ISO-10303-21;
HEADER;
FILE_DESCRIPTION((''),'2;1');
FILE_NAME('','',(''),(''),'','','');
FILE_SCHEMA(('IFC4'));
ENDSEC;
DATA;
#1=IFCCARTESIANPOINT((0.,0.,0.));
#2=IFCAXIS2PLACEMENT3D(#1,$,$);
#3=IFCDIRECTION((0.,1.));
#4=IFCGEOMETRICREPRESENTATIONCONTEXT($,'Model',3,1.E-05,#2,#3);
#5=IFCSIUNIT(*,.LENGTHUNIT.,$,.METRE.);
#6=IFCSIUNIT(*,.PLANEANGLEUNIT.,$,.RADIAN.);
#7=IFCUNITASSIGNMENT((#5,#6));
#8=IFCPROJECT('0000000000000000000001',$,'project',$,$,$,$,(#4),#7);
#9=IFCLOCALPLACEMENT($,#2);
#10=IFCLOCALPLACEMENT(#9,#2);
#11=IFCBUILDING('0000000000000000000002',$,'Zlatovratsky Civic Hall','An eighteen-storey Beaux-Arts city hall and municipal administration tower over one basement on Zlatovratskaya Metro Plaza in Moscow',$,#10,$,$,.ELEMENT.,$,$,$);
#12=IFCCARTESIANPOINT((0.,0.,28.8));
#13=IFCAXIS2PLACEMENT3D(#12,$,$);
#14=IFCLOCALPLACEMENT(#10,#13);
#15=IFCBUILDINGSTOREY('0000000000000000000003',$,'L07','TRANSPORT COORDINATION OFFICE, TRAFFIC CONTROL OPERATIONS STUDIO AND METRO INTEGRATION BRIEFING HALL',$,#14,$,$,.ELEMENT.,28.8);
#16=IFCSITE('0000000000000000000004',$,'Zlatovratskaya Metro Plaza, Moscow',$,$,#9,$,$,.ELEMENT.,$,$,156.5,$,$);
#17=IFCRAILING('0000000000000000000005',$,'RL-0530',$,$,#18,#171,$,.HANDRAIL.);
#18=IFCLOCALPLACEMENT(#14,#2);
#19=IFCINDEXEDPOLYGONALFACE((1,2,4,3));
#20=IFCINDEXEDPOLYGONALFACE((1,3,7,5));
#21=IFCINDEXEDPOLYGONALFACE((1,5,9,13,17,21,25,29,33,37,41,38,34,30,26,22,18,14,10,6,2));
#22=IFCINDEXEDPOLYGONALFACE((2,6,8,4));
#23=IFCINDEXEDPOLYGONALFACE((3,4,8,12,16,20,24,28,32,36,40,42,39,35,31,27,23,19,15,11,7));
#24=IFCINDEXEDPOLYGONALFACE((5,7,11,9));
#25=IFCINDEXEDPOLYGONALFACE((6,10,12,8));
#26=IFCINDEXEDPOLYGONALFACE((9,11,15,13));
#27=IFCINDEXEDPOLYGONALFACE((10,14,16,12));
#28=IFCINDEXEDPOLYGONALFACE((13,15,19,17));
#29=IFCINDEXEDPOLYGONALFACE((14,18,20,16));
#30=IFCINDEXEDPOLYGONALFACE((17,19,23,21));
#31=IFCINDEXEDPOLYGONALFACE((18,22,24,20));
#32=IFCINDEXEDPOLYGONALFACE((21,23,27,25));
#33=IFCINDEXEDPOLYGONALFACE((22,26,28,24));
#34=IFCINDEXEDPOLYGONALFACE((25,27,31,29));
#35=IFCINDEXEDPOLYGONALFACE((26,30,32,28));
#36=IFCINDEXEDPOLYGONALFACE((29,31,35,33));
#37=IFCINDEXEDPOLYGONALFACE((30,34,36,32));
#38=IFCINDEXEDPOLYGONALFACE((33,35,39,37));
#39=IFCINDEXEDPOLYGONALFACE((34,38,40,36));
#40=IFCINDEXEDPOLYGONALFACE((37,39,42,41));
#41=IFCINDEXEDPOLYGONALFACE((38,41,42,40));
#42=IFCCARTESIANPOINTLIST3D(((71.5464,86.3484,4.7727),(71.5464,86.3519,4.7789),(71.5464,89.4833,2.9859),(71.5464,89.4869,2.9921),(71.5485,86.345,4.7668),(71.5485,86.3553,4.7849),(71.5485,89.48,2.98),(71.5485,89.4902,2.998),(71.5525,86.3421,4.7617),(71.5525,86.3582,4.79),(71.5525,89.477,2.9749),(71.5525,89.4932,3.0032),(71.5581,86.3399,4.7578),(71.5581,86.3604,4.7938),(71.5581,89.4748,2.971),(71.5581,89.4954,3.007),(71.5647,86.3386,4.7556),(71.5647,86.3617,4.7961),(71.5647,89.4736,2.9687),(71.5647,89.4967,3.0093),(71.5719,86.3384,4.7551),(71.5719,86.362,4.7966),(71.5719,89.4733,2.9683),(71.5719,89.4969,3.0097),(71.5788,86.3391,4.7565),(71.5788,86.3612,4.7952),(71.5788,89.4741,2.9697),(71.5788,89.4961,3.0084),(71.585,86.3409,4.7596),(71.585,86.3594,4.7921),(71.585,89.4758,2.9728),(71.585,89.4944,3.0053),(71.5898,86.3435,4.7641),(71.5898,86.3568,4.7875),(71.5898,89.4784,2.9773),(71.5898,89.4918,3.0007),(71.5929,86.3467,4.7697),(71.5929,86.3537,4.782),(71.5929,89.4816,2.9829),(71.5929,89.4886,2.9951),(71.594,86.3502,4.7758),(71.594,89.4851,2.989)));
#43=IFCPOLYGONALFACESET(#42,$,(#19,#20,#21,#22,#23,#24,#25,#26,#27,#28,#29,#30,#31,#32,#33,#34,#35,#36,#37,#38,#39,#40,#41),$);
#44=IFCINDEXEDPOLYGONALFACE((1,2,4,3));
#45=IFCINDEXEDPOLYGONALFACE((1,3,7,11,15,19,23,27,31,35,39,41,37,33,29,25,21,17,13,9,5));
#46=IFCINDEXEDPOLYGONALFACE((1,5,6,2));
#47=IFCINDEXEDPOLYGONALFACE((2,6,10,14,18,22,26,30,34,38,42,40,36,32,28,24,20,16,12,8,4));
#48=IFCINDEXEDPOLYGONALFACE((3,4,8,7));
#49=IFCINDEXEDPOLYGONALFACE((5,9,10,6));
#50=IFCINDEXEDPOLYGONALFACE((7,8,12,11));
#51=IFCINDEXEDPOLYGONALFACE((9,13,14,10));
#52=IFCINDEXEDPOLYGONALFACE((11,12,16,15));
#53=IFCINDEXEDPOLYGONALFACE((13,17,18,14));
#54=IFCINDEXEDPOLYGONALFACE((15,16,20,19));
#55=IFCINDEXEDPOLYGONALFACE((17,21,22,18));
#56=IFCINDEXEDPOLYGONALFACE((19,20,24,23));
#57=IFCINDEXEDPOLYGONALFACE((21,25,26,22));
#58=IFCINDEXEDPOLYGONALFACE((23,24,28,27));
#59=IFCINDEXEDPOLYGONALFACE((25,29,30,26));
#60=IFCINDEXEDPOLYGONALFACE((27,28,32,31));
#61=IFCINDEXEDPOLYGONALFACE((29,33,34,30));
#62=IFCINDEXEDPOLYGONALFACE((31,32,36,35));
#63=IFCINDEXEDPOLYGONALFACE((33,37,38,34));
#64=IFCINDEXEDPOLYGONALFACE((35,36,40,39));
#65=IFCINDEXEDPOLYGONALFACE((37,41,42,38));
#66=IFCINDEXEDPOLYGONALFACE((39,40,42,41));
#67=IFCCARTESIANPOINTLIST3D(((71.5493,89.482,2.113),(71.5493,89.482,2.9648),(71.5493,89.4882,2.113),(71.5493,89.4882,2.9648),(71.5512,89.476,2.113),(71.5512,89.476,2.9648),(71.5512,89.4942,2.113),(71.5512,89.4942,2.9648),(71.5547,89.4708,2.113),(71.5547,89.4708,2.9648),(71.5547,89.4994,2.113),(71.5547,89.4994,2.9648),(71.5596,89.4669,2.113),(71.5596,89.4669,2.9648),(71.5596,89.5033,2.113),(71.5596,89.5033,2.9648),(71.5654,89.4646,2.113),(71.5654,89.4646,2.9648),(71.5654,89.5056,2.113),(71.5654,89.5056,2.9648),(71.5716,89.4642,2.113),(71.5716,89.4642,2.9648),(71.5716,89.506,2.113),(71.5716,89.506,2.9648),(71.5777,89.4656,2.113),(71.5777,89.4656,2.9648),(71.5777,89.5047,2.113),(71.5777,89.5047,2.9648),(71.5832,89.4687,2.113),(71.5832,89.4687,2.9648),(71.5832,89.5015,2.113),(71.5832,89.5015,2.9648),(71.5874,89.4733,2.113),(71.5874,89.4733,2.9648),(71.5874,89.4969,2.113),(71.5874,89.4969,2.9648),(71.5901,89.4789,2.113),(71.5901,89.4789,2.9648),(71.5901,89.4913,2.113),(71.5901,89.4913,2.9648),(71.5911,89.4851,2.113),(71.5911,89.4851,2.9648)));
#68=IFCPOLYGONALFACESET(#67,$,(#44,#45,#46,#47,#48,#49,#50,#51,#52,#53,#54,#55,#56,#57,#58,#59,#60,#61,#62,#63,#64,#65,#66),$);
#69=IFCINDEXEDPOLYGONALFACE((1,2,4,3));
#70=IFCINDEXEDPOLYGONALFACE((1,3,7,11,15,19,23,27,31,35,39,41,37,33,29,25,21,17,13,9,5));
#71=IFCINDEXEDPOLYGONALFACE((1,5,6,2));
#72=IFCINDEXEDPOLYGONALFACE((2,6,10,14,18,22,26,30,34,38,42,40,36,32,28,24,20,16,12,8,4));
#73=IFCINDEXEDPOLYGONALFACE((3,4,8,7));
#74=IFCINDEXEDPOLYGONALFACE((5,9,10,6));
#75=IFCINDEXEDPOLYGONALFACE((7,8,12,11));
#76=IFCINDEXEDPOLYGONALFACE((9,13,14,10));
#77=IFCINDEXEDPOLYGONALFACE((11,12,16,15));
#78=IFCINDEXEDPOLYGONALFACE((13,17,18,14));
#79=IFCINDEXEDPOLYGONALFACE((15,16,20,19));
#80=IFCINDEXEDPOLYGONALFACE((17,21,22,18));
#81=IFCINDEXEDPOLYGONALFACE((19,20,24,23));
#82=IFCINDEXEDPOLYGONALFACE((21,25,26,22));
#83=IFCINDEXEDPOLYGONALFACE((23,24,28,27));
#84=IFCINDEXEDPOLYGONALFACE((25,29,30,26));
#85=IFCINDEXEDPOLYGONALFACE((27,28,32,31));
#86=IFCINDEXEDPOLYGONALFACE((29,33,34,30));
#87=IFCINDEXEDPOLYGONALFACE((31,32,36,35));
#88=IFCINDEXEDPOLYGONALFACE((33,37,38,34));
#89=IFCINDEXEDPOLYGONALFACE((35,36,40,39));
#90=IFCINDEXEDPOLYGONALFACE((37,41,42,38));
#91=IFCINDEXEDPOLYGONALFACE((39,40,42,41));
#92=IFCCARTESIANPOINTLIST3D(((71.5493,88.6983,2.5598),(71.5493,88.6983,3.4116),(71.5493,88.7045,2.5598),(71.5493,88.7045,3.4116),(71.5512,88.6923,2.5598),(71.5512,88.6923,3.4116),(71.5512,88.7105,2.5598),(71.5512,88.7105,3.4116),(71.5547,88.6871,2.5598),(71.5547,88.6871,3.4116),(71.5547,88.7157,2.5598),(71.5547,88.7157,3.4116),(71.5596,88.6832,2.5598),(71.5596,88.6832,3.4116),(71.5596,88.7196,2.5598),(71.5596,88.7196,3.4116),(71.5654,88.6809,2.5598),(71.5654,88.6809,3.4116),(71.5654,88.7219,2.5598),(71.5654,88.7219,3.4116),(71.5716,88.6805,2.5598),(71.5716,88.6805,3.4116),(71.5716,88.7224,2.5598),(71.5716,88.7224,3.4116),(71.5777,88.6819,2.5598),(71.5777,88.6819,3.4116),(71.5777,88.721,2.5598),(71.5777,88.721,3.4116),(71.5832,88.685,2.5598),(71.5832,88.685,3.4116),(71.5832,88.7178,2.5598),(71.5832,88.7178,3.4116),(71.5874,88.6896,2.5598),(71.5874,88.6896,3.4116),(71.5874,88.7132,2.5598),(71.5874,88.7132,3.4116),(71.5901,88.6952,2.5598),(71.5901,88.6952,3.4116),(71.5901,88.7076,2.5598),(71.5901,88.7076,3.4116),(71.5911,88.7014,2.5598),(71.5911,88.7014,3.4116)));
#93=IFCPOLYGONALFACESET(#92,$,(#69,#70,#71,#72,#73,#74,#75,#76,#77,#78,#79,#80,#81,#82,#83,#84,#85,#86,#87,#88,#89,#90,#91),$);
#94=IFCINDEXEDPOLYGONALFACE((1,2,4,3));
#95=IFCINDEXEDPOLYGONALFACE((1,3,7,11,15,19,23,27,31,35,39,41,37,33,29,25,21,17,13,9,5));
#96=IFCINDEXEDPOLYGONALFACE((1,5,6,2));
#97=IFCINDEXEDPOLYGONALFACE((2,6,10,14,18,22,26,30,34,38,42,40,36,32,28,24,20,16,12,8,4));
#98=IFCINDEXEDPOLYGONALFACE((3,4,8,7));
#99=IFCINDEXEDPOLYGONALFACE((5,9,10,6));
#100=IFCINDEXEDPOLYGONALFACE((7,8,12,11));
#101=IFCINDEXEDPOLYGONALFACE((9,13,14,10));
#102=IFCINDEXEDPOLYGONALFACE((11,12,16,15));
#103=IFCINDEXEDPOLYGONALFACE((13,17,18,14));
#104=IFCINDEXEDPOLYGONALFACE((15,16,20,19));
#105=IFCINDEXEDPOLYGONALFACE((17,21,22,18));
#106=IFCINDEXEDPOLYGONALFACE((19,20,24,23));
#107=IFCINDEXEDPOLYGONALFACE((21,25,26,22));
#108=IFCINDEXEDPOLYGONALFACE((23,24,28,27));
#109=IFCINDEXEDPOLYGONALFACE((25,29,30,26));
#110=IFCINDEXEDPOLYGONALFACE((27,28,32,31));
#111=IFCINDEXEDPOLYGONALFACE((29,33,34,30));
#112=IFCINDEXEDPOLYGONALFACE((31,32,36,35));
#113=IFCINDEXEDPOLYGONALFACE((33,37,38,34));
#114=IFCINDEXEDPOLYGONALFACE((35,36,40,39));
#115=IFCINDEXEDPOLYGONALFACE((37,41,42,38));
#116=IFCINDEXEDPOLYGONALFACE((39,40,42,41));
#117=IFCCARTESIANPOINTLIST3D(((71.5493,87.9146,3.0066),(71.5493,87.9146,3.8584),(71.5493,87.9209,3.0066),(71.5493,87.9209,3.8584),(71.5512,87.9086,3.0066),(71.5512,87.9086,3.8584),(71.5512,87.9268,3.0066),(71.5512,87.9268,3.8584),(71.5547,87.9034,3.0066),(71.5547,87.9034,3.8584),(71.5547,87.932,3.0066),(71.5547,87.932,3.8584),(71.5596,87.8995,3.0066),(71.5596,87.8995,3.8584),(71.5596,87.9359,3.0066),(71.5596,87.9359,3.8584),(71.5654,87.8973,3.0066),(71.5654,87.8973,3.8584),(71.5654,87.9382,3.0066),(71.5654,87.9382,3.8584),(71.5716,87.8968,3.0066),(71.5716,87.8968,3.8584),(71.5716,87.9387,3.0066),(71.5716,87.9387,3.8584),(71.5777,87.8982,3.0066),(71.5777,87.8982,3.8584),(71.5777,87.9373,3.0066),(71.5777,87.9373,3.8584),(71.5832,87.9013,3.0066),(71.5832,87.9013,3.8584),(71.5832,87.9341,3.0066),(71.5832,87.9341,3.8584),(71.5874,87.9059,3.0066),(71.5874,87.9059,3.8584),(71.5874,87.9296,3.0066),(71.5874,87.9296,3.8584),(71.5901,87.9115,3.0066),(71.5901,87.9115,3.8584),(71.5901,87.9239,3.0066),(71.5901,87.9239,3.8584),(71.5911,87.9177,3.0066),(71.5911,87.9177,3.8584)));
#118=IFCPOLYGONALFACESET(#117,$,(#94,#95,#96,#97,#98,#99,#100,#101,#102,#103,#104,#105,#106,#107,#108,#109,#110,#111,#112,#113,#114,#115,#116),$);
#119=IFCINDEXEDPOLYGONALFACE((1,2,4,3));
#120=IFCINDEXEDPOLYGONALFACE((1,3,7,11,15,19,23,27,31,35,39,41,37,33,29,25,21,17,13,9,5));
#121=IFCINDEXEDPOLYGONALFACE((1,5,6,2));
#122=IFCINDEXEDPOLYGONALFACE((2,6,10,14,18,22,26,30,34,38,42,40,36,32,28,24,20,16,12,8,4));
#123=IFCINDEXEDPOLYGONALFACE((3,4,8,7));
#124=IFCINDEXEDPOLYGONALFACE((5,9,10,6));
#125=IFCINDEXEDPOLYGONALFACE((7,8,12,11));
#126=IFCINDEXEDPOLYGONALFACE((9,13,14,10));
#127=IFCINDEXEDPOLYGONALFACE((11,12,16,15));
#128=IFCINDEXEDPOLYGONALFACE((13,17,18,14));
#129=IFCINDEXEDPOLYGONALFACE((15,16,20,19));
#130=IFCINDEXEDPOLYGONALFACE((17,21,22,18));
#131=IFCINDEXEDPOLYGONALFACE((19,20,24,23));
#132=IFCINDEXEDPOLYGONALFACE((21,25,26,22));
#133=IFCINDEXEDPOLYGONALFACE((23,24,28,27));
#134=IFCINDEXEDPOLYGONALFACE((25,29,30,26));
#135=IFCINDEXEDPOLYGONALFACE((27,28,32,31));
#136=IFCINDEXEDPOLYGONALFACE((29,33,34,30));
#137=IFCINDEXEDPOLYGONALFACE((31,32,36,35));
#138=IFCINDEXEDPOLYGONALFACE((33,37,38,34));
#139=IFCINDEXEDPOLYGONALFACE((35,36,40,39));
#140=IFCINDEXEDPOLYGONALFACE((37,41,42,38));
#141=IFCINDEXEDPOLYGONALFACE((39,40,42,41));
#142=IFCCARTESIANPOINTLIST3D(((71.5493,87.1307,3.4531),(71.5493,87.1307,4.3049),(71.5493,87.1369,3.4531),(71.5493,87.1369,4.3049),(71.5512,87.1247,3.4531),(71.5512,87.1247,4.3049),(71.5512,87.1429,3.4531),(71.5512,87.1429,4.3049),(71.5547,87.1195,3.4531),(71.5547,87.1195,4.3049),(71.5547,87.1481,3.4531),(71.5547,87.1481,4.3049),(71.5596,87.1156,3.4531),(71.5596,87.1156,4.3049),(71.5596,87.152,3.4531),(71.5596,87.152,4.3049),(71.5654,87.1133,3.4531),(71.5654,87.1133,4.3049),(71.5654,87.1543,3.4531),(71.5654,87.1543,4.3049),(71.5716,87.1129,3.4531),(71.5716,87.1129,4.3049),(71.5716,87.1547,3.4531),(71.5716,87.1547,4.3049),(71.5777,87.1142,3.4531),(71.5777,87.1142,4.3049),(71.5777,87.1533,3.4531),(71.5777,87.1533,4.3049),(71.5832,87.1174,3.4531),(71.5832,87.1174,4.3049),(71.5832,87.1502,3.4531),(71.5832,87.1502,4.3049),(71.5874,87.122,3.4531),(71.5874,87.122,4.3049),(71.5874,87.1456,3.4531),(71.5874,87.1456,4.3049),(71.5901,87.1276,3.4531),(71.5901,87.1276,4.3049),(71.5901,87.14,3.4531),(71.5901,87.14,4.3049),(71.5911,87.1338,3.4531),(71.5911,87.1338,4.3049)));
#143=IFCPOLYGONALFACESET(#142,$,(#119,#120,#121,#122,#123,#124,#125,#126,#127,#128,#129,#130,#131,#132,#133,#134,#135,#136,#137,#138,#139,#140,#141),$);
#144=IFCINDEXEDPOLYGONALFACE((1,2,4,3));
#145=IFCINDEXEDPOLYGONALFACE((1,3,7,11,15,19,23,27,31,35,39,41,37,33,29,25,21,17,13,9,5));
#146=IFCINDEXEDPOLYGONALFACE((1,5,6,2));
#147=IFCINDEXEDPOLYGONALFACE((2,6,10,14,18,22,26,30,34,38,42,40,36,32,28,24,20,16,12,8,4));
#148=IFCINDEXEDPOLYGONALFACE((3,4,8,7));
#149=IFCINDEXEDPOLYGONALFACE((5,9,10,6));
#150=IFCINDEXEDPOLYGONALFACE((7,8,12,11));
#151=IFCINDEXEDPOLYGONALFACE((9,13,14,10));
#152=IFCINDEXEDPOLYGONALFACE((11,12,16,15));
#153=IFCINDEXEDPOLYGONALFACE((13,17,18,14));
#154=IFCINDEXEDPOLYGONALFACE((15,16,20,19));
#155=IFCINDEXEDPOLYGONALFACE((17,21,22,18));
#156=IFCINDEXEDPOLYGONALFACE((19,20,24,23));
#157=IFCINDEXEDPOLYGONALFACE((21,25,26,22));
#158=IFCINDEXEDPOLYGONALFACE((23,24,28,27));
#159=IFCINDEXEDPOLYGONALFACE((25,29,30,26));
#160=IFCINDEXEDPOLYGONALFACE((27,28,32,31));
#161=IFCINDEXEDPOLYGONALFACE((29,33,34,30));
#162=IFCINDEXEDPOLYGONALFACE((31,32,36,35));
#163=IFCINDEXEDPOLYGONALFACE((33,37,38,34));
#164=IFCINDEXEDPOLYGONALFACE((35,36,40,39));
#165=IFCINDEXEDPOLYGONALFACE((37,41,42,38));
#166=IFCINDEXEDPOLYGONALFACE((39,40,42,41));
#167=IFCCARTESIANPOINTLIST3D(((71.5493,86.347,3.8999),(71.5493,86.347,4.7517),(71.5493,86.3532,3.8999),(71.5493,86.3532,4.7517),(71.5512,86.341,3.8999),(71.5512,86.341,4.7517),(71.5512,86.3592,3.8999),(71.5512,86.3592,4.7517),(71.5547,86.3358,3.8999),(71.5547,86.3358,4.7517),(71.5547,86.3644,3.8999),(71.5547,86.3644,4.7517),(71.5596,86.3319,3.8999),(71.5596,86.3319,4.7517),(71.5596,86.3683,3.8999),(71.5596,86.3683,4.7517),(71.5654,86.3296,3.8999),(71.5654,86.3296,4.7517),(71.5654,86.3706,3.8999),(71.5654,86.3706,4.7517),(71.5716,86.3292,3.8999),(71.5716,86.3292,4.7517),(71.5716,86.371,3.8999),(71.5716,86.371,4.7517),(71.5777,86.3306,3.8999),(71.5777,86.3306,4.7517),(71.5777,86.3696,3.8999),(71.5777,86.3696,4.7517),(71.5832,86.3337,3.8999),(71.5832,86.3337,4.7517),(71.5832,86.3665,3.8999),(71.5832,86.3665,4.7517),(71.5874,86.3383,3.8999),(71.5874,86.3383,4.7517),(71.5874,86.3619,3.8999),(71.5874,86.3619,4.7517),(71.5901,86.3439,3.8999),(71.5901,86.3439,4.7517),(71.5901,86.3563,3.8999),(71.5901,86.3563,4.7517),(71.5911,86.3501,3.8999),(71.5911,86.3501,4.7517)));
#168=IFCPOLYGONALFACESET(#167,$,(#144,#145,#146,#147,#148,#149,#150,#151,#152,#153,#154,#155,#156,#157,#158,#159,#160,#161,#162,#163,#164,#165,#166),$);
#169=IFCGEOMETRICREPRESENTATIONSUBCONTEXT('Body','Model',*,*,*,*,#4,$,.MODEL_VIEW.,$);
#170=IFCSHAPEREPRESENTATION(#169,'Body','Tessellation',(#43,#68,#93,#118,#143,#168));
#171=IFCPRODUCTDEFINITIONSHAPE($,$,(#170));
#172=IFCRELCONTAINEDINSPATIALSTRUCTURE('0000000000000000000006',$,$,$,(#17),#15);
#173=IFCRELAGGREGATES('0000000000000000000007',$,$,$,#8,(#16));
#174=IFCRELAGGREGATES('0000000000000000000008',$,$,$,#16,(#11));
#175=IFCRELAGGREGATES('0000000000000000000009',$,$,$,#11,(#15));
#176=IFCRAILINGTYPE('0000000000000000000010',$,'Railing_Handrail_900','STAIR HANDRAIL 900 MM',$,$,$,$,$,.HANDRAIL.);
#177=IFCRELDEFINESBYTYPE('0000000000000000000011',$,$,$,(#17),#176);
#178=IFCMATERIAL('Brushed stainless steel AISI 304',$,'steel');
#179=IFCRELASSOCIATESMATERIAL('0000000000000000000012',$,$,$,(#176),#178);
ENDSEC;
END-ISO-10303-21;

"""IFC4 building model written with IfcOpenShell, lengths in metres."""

from ifc_helpers import new_model, si_unit, direction, frame, origin, origin_2d, place, context, subcontext, project, spatial, circle, extrude, material, type_object, element, save


model = new_model("IFC4")

# Units and contexts
model_context = context("Model", 3, precision=1e-05, world=origin(), true_north=direction((0.0, 1.0)))
body_context = subcontext(model_context, "Body", "Model", "MODEL_VIEW")
ifc_project = project(units=[si_unit("LENGTHUNIT", "METRE"), si_unit("PLANEANGLEUNIT", "RADIAN")], contexts=[model_context])

# Site, building, storey
site_placement = place(None, origin())
site = spatial("IfcSite", under=ifc_project, at=site_placement, Name="Zlatovratskaya Metro Plaza, Moscow", CompositionType="ELEMENT", RefElevation=156.5)
building_placement = place(site_placement, origin())
building = spatial("IfcBuilding", under=site, at=building_placement, Name="Zlatovratsky Civic Hall", Description="An eighteen-storey Beaux-Arts city hall and municipal administration tower over one basement on Zlatovratskaya Metro Plaza in Moscow", CompositionType="ELEMENT")
storey_placement = place(building_placement, frame((0.0, 0.0, 28.8)))
storey = spatial("IfcBuildingStorey", under=building, at=storey_placement, Name="L07", Description="TRANSPORT COORDINATION OFFICE, TRAFFIC CONTROL OPERATIONS STUDIO AND METRO INTEGRATION BRIEFING HALL", CompositionType="ELEMENT", Elevation=28.8)

# Railing
ifc_material_1 = material(Name="Brushed stainless steel AISI 304", Category="steel")
railing_type = type_object("IfcRailingType", Name="Railing_Handrail_900", Description="STAIR HANDRAIL 900 MM", PredefinedType="HANDRAIL", material=ifc_material_1)
railing_placement = place(storey_placement, frame((71.5701, 89.4851, 2.113)))
element("IfcRailing", 1, at=railing_placement, inside=storey, type_object=railing_type, Name="RL-0530", PredefinedType="HANDRAIL", context=body_context, shape_type="SweptSolid", body=[
    extrude(circle(Radius=0.0239, at=origin_2d()), frame((0.0, 0.0, 0.876), z_axis=(0.0, -0.868788, 0.495184), x_axis=(1.0, 0.0, 0.0)), (0.0, 0.0, 1.0), 3.6084),
    extrude(circle(Radius=0.021, at=origin_2d()), origin(), (0.0, 0.0, 1.0), 0.8518),
    extrude(circle(Radius=0.021, at=origin_2d()), frame((0.0, -0.7837, 0.4468)), (0.0, 0.0, 1.0), 0.8518),
    extrude(circle(Radius=0.021, at=origin_2d()), frame((0.0, -1.5674, 0.8936)), (0.0, 0.0, 1.0), 0.8518),
    extrude(circle(Radius=0.021, at=origin_2d()), frame((0.0, -2.3513, 1.3401)), (0.0, 0.0, 1.0), 0.8518),
    extrude(circle(Radius=0.021, at=origin_2d()), frame((0.0, -3.135, 1.7869)), (0.0, 0.0, 1.0), 0.8518),
])

save(model, "model.ifc")
